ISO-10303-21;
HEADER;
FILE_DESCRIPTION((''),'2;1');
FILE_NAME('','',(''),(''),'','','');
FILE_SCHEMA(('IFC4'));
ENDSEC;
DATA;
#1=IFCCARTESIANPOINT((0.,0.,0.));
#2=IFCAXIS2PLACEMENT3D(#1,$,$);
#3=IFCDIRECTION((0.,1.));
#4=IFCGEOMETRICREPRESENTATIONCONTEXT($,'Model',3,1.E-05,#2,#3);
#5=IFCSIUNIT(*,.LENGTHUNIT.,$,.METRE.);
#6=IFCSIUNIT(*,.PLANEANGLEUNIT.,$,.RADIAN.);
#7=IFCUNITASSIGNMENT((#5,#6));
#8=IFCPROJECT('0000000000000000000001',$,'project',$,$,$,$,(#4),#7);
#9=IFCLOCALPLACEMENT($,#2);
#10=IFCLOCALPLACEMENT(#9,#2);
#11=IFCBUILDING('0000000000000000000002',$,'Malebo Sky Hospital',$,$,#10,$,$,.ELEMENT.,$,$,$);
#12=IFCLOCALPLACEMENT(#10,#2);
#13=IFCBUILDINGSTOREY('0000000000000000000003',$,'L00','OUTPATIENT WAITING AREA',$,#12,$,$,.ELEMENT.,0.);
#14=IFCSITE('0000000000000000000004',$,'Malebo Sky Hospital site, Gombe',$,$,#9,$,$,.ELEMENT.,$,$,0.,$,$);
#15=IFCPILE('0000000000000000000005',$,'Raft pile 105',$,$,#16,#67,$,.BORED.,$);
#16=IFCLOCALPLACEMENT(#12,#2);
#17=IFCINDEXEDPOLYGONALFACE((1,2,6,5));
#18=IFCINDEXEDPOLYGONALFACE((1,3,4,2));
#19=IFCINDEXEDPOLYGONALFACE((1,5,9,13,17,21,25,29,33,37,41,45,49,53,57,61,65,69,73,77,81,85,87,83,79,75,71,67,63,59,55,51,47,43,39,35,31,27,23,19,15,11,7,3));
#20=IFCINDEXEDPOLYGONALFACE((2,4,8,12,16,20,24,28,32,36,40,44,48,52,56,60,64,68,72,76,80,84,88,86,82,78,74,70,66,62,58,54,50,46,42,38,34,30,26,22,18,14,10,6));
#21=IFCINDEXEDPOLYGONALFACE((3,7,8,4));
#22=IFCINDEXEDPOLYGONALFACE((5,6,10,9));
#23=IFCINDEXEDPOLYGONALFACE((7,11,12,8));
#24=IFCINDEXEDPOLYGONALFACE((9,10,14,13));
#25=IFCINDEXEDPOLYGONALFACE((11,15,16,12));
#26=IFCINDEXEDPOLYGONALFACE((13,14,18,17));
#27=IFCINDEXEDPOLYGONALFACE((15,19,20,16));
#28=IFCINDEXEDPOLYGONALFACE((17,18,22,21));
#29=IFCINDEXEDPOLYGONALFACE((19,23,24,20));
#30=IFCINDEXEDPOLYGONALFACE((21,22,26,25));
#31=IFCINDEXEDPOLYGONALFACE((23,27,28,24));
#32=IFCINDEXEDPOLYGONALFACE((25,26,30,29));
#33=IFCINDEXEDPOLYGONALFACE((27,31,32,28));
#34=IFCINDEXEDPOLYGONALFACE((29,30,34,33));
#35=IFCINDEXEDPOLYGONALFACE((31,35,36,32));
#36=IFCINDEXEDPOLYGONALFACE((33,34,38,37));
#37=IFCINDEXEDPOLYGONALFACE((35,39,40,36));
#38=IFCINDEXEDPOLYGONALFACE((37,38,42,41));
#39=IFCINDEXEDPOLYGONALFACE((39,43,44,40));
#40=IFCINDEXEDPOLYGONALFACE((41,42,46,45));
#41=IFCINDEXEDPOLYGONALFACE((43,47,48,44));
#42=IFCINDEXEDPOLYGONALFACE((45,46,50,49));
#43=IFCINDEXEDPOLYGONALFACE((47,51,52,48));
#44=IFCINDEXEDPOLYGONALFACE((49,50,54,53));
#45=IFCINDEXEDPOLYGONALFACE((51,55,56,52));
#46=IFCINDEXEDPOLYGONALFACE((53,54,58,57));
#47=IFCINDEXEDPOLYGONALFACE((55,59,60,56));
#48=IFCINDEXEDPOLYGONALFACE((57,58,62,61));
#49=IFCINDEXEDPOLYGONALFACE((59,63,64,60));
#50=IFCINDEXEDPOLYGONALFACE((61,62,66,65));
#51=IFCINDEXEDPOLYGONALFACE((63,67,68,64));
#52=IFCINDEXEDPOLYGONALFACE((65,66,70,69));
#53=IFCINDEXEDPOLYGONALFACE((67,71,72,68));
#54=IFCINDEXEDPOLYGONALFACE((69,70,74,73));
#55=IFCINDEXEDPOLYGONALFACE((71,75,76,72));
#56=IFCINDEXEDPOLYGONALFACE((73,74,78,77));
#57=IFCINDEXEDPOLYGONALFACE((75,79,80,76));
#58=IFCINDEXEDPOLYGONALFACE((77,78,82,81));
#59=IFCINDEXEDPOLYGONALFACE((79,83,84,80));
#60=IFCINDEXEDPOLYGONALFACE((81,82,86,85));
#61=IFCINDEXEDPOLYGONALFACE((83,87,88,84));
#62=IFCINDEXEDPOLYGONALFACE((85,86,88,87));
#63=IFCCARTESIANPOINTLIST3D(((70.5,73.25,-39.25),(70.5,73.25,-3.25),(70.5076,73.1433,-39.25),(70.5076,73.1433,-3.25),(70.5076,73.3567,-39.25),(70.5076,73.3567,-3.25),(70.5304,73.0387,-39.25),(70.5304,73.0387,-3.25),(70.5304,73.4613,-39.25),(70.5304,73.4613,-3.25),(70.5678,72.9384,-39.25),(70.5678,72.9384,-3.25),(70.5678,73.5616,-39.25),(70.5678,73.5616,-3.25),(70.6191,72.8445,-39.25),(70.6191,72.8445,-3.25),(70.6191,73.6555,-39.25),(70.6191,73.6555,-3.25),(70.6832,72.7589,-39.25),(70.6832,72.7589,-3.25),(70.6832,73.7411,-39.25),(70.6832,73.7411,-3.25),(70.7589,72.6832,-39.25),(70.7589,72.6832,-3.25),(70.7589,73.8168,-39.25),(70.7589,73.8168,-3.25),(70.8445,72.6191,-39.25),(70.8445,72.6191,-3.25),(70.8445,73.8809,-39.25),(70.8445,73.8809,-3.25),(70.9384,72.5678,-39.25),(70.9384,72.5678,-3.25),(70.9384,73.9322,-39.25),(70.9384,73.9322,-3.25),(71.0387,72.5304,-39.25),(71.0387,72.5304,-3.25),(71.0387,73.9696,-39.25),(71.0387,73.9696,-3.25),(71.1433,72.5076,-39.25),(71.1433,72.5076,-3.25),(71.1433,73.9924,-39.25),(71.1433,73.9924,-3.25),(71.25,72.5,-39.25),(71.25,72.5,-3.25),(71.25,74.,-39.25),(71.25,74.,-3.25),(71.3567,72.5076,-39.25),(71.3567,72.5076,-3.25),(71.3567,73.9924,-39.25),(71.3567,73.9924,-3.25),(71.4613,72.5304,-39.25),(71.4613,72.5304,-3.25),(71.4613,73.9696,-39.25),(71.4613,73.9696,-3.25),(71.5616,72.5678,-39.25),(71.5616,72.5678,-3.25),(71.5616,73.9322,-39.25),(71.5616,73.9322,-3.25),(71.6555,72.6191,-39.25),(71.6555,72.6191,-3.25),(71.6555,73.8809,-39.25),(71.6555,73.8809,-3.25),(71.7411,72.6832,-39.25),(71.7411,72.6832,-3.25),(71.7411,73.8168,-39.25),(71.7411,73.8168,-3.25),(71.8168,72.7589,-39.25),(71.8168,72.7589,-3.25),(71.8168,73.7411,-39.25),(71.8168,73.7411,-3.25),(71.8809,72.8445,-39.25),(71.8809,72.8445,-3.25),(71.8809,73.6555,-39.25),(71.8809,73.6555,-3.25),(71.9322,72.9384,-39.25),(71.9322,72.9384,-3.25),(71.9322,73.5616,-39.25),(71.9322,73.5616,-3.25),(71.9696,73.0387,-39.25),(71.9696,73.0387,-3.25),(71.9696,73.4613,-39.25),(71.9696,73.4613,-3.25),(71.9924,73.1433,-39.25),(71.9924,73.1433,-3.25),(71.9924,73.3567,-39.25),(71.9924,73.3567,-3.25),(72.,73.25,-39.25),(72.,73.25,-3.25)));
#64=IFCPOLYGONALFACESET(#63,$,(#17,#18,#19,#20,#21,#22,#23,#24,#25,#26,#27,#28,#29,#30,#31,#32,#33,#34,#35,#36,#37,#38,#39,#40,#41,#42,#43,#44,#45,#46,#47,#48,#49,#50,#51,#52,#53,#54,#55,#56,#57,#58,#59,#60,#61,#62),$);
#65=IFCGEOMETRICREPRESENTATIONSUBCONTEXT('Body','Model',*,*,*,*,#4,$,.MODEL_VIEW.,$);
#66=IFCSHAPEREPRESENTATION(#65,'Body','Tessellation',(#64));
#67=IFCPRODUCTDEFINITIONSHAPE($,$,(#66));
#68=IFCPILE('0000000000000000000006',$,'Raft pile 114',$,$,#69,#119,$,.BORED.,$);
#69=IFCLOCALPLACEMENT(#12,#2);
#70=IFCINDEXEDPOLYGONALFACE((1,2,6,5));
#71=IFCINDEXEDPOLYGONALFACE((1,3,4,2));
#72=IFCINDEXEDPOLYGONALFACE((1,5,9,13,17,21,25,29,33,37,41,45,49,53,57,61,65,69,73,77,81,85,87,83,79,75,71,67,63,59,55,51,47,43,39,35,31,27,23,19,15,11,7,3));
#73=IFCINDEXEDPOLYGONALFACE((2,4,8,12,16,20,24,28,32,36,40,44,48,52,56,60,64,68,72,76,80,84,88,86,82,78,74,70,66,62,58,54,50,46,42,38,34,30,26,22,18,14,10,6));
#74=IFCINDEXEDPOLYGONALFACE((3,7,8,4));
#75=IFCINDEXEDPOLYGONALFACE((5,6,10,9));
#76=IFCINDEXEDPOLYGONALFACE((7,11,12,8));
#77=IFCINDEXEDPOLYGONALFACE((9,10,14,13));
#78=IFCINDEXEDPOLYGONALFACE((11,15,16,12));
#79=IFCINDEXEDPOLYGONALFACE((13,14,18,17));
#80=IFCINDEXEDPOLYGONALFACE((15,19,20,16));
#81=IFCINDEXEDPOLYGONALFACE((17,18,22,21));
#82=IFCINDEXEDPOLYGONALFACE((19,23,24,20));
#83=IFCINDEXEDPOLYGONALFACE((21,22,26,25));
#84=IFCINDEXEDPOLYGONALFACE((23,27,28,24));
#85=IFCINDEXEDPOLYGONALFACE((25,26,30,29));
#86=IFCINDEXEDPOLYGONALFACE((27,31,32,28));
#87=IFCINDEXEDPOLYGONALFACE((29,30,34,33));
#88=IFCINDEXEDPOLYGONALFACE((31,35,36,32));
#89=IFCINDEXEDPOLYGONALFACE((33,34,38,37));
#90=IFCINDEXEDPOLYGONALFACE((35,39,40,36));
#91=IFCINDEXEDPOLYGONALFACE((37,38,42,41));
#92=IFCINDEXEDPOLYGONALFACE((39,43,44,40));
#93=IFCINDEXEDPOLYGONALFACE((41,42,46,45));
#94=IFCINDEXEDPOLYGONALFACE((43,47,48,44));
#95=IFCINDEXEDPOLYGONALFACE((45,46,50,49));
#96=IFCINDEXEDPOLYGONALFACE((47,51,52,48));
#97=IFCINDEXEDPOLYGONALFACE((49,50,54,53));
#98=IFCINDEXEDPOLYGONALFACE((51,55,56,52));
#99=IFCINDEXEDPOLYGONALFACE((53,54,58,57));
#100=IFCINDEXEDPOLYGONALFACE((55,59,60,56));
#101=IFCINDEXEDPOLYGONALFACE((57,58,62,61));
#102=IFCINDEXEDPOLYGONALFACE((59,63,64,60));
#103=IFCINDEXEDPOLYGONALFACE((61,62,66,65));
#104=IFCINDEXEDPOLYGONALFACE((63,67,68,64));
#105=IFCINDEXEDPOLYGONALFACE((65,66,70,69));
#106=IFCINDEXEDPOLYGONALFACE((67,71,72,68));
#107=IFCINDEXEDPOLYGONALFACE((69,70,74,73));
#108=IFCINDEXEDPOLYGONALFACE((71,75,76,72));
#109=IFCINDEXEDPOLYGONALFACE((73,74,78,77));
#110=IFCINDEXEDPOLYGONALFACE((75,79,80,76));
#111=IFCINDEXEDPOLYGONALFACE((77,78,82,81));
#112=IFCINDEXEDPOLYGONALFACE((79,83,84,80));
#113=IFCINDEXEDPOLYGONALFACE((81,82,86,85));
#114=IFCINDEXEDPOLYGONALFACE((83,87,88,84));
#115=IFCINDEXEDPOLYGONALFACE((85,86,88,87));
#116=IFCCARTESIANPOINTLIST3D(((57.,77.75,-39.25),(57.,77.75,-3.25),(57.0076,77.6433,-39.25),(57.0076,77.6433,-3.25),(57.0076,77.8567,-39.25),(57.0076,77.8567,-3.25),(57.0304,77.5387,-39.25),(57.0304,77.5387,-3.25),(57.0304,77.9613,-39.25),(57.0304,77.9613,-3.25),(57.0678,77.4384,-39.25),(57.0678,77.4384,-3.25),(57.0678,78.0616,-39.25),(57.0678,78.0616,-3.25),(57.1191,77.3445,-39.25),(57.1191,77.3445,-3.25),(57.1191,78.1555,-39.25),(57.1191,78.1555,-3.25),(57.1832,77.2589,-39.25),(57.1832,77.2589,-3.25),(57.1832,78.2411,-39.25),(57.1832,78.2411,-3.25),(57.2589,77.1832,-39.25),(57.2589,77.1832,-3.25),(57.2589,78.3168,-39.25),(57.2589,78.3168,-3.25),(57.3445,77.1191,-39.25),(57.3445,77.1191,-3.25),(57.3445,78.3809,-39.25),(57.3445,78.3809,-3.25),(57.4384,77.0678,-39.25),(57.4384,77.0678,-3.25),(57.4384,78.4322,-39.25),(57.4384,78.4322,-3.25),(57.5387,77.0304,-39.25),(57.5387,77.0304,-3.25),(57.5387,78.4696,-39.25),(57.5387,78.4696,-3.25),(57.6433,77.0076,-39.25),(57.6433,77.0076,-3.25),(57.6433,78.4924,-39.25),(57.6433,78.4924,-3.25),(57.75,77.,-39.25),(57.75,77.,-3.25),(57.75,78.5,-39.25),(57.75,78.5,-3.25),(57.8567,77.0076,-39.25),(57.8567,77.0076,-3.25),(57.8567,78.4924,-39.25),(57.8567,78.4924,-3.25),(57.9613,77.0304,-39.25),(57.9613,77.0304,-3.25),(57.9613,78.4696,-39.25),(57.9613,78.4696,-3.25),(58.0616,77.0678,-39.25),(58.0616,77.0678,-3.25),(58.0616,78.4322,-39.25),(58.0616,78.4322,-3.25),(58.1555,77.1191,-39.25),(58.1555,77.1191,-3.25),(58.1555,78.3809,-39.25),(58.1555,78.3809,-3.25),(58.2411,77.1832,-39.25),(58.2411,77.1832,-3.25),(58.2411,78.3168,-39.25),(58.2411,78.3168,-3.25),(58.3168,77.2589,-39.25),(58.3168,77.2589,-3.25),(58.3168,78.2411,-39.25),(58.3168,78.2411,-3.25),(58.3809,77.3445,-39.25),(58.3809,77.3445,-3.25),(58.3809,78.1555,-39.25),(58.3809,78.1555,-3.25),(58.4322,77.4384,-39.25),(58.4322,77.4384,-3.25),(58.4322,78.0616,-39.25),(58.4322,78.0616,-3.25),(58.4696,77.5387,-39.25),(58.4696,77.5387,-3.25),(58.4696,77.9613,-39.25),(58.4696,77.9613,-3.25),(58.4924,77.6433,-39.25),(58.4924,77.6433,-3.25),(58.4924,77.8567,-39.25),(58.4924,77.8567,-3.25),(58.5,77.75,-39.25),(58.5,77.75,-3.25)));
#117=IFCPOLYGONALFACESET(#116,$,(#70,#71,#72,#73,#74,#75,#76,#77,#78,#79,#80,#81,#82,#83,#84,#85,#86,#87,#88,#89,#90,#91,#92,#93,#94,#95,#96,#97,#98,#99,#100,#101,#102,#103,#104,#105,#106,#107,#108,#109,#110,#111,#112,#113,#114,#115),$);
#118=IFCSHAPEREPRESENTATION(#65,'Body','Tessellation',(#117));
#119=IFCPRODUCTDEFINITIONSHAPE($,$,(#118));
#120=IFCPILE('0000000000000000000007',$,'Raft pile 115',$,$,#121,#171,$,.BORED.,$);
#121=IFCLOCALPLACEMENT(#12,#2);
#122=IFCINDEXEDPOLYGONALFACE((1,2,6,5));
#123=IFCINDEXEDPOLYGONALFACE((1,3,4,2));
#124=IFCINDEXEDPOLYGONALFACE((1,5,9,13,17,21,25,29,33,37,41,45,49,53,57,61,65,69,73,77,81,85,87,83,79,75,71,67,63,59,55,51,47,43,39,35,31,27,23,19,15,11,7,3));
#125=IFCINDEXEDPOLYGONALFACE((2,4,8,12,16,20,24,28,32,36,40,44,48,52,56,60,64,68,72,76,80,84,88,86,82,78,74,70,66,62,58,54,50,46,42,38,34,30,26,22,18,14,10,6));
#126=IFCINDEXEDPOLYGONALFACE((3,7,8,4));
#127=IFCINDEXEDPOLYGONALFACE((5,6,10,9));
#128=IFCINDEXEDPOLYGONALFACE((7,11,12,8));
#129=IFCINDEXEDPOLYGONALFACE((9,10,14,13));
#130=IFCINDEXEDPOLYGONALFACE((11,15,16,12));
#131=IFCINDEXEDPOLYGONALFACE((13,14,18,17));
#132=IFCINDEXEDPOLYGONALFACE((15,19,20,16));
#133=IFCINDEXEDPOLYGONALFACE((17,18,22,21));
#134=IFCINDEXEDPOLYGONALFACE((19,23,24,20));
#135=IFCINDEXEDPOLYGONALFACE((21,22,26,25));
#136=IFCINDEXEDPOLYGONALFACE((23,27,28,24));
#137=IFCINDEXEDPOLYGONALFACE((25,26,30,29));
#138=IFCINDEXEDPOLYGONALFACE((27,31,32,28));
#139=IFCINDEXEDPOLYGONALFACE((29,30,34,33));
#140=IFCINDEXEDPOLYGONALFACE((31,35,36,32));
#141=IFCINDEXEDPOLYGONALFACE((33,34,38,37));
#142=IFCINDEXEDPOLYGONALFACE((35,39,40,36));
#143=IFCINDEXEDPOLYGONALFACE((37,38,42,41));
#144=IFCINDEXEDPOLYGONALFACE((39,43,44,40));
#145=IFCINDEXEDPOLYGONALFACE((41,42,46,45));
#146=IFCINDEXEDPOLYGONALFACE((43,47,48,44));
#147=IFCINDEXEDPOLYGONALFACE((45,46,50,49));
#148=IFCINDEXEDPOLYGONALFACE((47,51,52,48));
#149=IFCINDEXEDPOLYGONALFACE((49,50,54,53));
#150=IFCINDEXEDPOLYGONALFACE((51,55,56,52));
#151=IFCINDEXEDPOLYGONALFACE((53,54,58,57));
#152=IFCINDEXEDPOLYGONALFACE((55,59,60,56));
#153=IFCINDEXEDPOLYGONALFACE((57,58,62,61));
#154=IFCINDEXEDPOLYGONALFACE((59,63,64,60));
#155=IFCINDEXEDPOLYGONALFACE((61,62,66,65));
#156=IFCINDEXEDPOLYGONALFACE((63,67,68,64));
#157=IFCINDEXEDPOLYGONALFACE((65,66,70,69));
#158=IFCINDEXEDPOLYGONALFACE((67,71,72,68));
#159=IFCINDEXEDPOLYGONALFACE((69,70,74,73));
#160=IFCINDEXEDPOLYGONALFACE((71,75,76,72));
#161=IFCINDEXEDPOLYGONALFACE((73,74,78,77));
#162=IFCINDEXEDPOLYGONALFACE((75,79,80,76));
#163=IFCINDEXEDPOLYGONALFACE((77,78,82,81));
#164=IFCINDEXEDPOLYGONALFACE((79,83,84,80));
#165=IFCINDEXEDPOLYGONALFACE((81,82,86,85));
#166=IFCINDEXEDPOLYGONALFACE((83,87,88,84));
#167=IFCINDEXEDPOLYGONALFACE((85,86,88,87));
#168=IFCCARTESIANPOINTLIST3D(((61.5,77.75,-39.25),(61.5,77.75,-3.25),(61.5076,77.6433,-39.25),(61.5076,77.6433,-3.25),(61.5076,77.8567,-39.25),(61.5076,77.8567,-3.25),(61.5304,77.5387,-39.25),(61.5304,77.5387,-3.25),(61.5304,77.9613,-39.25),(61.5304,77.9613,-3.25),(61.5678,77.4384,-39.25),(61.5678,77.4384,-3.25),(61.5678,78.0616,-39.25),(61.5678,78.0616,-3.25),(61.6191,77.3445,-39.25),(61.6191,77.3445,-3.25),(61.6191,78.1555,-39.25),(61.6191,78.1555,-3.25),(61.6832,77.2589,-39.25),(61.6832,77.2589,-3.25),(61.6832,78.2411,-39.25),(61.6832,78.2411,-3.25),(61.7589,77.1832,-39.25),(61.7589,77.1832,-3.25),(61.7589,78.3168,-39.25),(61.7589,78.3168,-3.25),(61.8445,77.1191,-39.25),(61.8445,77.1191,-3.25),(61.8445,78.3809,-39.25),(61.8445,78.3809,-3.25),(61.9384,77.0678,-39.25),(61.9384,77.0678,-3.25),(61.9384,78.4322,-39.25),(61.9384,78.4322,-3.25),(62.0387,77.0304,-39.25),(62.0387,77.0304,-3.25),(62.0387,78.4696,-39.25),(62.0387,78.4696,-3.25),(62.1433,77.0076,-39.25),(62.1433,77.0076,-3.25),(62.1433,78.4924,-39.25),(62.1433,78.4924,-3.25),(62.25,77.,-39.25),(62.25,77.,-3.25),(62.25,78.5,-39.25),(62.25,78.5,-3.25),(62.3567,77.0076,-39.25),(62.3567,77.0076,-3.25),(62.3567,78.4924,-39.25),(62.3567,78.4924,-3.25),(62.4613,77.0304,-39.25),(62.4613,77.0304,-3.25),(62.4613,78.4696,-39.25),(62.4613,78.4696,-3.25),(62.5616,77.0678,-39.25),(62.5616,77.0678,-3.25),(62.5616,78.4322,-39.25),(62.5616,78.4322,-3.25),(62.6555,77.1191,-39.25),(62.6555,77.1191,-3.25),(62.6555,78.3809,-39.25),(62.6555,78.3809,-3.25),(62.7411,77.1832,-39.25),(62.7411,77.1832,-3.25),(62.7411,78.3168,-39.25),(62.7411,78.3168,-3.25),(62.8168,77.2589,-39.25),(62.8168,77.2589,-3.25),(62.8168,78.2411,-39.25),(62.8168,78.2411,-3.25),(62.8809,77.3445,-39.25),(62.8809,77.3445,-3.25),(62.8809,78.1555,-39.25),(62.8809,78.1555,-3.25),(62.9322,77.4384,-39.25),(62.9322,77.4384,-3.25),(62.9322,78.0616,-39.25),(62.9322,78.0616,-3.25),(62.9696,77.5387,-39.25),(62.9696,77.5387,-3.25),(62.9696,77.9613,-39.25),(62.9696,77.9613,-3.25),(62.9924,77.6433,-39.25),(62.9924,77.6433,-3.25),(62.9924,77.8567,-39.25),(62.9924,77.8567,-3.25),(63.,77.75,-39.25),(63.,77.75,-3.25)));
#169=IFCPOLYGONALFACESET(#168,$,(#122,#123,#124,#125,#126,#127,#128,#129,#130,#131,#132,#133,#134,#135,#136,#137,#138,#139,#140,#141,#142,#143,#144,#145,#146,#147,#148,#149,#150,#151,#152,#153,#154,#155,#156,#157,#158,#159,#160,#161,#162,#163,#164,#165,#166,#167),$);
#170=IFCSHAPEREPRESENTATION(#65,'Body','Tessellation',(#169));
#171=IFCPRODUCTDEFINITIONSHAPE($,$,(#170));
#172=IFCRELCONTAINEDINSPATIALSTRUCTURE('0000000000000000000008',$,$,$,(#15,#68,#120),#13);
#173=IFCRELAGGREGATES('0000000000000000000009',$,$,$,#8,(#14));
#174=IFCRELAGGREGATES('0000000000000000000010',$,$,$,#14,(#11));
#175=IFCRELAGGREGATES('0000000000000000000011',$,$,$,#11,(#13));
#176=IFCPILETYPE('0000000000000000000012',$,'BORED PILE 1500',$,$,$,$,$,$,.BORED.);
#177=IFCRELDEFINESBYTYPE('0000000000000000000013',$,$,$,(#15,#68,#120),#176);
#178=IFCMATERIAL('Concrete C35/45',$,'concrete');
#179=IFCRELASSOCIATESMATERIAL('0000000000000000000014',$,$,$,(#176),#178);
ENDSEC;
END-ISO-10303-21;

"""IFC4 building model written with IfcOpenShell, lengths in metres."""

from ifc_helpers import new_model, si_unit, direction, frame, origin, origin_2d, place, context, subcontext, project, spatial, circle, extrude, material, material_profile, profile_set, type_object, element, save


model = new_model("IFC4")

# Units and contexts
model_context = context("Model", 3, precision=1e-05, world=origin(), true_north=direction((0.0, 1.0)))
body_context = subcontext(model_context, "Body", "Model", "MODEL_VIEW")
ifc_project = project(units=[si_unit("LENGTHUNIT", "METRE"), si_unit("PLANEANGLEUNIT", "RADIAN")], contexts=[model_context])

# Site, building, storey
site_placement = place(None, origin())
site = spatial("IfcSite", under=ifc_project, at=site_placement, Name="Malebo Sky Hospital site, Gombe", CompositionType="ELEMENT", RefElevation=0.0)
building_placement = place(site_placement, origin())
building = spatial("IfcBuilding", under=site, at=building_placement, Name="Malebo Sky Hospital", CompositionType="ELEMENT")
storey_placement = place(building_placement, origin())
storey = spatial("IfcBuildingStorey", under=building, at=storey_placement, Name="L00", Description="OUTPATIENT WAITING AREA", CompositionType="ELEMENT", Elevation=0.0)

# Piles
ifc_material_1 = material(Name="Concrete C35/45", Category="concrete")
ifc_material_profile_1 = material_profile(ifc_material_1, circle(Radius=0.75, at=origin_2d()), Name="BP 1500")
ifc_profile_set_1 = profile_set([ifc_material_profile_1], Name="Concrete C35/45")
pile_type = type_object("IfcPileType", Name="BORED PILE 1500", PredefinedType="BORED", material=ifc_profile_set_1)
for number, where, z_axis, x_axis, name in (
    (1, (71.25, 73.25, -3.25), (0.0, 0.0, -1.0), (1.0, 0.0, 0.0), "Raft pile 105"),
    (2, (57.75, 77.75, -3.25), (0.0, 0.0, -1.0), (1.0, 0.0, 0.0), "Raft pile 114"),
    (3, (62.25, 77.75, -3.25), (0.0, 0.0, -1.0), (1.0, 0.0, 0.0), "Raft pile 115"),
):
    element("IfcPile", number, at=place(storey_placement, frame(where, z_axis=z_axis, x_axis=x_axis)), inside=storey, type_object=pile_type, Name=name, PredefinedType="BORED", context=body_context, shape_type="SweptSolid", body=[
        extrude(circle(Radius=0.75, at=origin_2d()), origin(), (0.0, 0.0, 1.0), 36.0),
    ])

save(model, "model.ifc")
